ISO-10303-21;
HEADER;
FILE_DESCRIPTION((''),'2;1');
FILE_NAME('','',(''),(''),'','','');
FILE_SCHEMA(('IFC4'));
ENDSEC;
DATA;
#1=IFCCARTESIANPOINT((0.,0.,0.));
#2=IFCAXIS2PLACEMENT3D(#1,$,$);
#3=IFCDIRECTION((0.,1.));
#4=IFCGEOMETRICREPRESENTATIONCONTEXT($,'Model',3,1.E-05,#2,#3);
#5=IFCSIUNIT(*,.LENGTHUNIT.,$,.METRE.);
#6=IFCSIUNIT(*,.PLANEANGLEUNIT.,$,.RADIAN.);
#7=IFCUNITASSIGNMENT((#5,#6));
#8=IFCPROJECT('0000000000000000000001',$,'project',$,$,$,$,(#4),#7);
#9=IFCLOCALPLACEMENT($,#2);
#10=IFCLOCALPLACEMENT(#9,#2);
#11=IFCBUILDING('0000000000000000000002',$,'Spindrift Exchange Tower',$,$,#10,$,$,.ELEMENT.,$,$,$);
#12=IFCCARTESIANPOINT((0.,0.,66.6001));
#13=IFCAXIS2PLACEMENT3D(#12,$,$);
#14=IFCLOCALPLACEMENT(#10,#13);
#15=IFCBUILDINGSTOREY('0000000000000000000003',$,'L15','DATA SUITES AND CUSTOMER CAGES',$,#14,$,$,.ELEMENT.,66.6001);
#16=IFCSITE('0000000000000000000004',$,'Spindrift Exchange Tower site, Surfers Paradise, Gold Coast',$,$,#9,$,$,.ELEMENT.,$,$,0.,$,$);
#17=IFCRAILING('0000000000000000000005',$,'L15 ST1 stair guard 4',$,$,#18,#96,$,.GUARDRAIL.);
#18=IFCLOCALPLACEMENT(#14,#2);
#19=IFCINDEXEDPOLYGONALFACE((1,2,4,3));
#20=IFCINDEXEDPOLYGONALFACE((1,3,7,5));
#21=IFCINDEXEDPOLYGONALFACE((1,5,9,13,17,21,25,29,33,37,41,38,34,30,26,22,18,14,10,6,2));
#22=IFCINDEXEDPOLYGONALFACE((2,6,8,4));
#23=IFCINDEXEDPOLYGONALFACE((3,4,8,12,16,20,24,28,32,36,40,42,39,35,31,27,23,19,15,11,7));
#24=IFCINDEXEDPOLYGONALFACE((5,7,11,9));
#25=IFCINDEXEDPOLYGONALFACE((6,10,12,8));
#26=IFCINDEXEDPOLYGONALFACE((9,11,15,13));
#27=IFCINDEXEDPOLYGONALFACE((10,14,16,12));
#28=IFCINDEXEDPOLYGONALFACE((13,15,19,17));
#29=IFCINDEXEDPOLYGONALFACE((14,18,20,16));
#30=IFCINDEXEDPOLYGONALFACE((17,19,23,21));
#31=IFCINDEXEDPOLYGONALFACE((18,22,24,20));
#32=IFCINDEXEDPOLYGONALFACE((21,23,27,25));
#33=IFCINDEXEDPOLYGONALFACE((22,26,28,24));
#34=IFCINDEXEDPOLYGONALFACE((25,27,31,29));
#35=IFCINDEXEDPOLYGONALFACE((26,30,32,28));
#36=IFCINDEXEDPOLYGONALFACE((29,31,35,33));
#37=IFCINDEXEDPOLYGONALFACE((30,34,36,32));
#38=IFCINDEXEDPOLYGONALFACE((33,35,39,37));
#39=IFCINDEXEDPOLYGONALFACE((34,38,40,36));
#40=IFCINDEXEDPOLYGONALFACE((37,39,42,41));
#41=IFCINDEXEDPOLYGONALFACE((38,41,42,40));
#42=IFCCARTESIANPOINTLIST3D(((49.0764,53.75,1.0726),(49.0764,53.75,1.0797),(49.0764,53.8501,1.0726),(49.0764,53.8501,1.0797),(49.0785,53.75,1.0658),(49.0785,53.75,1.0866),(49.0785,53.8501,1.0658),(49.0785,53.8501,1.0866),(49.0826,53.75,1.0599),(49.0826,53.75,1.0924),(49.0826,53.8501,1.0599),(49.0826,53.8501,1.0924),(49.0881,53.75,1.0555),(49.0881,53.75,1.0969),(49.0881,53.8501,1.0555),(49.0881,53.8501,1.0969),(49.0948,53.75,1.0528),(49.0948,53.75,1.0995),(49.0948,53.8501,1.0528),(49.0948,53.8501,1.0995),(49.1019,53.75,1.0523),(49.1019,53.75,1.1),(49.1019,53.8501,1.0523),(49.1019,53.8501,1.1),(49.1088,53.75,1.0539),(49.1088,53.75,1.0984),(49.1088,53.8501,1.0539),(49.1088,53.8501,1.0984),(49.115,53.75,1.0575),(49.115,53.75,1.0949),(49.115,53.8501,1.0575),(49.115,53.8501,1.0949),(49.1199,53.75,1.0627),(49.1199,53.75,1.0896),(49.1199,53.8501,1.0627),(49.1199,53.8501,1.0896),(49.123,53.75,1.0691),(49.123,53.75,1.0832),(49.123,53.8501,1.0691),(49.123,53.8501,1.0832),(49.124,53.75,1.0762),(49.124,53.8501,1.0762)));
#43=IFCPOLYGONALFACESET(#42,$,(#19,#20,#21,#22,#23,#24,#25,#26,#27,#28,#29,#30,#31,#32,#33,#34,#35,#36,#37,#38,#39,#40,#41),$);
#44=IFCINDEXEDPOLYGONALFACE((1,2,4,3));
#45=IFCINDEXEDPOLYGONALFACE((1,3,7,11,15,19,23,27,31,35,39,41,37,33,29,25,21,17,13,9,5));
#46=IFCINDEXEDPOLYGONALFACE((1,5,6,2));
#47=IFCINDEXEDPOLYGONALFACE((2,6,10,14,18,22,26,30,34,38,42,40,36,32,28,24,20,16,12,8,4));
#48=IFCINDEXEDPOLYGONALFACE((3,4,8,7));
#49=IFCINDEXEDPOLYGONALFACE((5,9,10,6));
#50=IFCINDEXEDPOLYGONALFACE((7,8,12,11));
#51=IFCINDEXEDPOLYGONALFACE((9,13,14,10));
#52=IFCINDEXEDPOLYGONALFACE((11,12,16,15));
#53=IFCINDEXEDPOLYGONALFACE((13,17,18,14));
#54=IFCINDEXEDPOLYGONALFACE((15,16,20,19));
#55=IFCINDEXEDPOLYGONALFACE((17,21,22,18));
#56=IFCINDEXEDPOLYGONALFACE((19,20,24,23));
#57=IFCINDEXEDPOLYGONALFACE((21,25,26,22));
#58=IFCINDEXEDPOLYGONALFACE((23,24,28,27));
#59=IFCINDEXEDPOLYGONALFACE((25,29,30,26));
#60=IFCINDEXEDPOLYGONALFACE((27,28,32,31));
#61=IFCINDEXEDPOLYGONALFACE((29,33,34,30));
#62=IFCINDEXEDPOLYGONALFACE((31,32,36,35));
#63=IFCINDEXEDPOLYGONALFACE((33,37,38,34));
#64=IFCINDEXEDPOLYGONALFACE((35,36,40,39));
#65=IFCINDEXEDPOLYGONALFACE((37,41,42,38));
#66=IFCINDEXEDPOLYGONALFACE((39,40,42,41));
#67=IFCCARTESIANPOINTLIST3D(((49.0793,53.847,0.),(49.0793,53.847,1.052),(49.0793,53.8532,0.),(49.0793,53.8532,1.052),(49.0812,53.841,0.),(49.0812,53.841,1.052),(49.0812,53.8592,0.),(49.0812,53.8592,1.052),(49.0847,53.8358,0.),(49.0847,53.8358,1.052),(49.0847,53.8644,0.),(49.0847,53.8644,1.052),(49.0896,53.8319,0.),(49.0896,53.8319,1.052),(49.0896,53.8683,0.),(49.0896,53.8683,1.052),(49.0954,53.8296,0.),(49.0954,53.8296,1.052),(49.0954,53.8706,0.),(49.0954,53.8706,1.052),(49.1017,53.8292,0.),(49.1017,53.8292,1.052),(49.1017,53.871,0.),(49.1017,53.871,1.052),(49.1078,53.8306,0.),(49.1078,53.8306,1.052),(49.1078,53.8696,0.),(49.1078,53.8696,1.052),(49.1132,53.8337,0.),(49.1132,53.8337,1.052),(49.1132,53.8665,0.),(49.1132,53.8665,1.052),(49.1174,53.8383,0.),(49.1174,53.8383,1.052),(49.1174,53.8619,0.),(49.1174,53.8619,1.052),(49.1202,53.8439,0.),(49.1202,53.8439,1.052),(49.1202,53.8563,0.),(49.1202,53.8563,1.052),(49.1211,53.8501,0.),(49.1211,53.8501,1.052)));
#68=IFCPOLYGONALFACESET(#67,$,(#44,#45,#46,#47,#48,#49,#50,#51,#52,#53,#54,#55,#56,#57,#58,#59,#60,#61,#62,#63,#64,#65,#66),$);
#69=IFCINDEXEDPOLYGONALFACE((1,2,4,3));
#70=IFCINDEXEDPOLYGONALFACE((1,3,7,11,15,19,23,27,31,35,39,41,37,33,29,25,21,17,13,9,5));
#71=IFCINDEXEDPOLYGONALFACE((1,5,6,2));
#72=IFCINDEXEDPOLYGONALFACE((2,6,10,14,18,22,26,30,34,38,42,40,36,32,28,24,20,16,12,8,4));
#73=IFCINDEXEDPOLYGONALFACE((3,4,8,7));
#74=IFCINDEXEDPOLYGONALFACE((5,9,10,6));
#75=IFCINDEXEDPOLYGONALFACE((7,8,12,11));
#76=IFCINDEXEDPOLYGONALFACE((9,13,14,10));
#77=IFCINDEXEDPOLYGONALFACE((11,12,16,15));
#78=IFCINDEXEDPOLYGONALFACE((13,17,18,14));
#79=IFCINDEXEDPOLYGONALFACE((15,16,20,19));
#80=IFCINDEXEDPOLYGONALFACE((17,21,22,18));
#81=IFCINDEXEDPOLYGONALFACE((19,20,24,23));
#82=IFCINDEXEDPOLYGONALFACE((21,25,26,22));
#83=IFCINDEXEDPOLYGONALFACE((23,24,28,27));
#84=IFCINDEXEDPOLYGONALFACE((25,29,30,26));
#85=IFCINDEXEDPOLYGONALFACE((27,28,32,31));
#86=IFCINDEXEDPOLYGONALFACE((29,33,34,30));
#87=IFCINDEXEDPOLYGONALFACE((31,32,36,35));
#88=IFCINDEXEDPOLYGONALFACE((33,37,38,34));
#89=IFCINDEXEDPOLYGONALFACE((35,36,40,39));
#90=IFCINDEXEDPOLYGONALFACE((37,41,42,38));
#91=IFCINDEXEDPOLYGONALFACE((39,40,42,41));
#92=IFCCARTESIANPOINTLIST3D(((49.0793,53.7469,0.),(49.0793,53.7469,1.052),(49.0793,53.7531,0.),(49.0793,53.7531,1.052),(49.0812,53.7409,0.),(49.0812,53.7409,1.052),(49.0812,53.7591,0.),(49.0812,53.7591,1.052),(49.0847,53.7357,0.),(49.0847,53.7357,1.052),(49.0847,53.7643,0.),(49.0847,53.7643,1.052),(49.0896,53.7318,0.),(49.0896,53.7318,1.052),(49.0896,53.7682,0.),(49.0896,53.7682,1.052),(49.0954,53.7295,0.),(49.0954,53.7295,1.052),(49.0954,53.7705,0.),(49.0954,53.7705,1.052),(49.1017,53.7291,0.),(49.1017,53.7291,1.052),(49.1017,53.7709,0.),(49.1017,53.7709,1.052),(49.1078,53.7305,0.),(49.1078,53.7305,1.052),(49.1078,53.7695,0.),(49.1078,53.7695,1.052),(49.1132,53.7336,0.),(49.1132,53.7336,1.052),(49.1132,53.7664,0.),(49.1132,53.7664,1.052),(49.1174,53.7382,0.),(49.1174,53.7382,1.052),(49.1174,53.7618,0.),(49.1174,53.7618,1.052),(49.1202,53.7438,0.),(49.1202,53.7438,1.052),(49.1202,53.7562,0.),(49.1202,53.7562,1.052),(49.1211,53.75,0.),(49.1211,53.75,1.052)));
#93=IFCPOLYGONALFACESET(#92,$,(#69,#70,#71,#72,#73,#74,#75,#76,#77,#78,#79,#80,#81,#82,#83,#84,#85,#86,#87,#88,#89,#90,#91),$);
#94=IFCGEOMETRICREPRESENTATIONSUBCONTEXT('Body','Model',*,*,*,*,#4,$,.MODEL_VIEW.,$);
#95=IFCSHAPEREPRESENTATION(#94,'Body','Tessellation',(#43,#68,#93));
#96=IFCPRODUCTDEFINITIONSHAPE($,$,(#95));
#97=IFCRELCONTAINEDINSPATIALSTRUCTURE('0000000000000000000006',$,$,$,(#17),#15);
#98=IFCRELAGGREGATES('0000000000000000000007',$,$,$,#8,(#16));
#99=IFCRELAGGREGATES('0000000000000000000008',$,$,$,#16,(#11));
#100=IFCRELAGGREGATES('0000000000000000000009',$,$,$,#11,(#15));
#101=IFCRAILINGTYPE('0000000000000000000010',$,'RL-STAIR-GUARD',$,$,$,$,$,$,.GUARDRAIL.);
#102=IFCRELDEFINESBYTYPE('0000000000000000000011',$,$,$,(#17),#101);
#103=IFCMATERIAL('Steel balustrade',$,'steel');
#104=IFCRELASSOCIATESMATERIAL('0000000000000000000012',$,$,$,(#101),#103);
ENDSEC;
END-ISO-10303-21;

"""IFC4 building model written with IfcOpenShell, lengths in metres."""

from ifc_helpers import new_model, si_unit, direction, frame, origin, origin_2d, place, context, subcontext, project, spatial, circle, extrude, material, type_object, element, save


model = new_model("IFC4")

# Units and contexts
model_context = context("Model", 3, precision=1e-05, world=origin(), true_north=direction((0.0, 1.0)))
body_context = subcontext(model_context, "Body", "Model", "MODEL_VIEW")
ifc_project = project(units=[si_unit("LENGTHUNIT", "METRE"), si_unit("PLANEANGLEUNIT", "RADIAN")], contexts=[model_context])

# Site, building, storey
site_placement = place(None, origin())
site = spatial("IfcSite", under=ifc_project, at=site_placement, Name="Spindrift Exchange Tower site, Surfers Paradise, Gold Coast", CompositionType="ELEMENT", RefElevation=0.0)
building_placement = place(site_placement, origin())
building = spatial("IfcBuilding", under=site, at=building_placement, Name="Spindrift Exchange Tower", CompositionType="ELEMENT")
storey_placement = place(building_placement, frame((0.0, 0.0, 66.6001)))
storey = spatial("IfcBuildingStorey", under=building, at=storey_placement, Name="L15", Description="DATA SUITES AND CUSTOMER CAGES", CompositionType="ELEMENT", Elevation=66.6001)

# Railing
ifc_material_1 = material(Name="Steel balustrade", Category="steel")
railing_type_1 = type_object("IfcRailingType", Name="RL-STAIR-GUARD", PredefinedType="GUARDRAIL", material=ifc_material_1)
railing_1_placement = place(storey_placement, frame((49.1001, 53.8501, 0.0)))
element("IfcRailing", 1, at=railing_1_placement, inside=storey, type_object=railing_type_1, Name="L15 ST1 stair guard 4", PredefinedType="GUARDRAIL", context=body_context, shape_type="SweptSolid", body=[
    extrude(circle(Radius=0.0239, at=origin_2d()), frame((0.0, 0.0, 1.0762), z_axis=(0.0, -1.0, 0.0), x_axis=(1.0, 0.0, 0.0)), (0.0, 0.0, 1.0), 0.1001),
    extrude(circle(Radius=0.021, at=origin_2d()), origin(), (0.0, 0.0, 1.0), 1.052),
    extrude(circle(Radius=0.021, at=origin_2d()), frame((0.0, -0.1001, 0.0)), (0.0, 0.0, 1.0), 1.052),
])

save(model, "model.ifc")
